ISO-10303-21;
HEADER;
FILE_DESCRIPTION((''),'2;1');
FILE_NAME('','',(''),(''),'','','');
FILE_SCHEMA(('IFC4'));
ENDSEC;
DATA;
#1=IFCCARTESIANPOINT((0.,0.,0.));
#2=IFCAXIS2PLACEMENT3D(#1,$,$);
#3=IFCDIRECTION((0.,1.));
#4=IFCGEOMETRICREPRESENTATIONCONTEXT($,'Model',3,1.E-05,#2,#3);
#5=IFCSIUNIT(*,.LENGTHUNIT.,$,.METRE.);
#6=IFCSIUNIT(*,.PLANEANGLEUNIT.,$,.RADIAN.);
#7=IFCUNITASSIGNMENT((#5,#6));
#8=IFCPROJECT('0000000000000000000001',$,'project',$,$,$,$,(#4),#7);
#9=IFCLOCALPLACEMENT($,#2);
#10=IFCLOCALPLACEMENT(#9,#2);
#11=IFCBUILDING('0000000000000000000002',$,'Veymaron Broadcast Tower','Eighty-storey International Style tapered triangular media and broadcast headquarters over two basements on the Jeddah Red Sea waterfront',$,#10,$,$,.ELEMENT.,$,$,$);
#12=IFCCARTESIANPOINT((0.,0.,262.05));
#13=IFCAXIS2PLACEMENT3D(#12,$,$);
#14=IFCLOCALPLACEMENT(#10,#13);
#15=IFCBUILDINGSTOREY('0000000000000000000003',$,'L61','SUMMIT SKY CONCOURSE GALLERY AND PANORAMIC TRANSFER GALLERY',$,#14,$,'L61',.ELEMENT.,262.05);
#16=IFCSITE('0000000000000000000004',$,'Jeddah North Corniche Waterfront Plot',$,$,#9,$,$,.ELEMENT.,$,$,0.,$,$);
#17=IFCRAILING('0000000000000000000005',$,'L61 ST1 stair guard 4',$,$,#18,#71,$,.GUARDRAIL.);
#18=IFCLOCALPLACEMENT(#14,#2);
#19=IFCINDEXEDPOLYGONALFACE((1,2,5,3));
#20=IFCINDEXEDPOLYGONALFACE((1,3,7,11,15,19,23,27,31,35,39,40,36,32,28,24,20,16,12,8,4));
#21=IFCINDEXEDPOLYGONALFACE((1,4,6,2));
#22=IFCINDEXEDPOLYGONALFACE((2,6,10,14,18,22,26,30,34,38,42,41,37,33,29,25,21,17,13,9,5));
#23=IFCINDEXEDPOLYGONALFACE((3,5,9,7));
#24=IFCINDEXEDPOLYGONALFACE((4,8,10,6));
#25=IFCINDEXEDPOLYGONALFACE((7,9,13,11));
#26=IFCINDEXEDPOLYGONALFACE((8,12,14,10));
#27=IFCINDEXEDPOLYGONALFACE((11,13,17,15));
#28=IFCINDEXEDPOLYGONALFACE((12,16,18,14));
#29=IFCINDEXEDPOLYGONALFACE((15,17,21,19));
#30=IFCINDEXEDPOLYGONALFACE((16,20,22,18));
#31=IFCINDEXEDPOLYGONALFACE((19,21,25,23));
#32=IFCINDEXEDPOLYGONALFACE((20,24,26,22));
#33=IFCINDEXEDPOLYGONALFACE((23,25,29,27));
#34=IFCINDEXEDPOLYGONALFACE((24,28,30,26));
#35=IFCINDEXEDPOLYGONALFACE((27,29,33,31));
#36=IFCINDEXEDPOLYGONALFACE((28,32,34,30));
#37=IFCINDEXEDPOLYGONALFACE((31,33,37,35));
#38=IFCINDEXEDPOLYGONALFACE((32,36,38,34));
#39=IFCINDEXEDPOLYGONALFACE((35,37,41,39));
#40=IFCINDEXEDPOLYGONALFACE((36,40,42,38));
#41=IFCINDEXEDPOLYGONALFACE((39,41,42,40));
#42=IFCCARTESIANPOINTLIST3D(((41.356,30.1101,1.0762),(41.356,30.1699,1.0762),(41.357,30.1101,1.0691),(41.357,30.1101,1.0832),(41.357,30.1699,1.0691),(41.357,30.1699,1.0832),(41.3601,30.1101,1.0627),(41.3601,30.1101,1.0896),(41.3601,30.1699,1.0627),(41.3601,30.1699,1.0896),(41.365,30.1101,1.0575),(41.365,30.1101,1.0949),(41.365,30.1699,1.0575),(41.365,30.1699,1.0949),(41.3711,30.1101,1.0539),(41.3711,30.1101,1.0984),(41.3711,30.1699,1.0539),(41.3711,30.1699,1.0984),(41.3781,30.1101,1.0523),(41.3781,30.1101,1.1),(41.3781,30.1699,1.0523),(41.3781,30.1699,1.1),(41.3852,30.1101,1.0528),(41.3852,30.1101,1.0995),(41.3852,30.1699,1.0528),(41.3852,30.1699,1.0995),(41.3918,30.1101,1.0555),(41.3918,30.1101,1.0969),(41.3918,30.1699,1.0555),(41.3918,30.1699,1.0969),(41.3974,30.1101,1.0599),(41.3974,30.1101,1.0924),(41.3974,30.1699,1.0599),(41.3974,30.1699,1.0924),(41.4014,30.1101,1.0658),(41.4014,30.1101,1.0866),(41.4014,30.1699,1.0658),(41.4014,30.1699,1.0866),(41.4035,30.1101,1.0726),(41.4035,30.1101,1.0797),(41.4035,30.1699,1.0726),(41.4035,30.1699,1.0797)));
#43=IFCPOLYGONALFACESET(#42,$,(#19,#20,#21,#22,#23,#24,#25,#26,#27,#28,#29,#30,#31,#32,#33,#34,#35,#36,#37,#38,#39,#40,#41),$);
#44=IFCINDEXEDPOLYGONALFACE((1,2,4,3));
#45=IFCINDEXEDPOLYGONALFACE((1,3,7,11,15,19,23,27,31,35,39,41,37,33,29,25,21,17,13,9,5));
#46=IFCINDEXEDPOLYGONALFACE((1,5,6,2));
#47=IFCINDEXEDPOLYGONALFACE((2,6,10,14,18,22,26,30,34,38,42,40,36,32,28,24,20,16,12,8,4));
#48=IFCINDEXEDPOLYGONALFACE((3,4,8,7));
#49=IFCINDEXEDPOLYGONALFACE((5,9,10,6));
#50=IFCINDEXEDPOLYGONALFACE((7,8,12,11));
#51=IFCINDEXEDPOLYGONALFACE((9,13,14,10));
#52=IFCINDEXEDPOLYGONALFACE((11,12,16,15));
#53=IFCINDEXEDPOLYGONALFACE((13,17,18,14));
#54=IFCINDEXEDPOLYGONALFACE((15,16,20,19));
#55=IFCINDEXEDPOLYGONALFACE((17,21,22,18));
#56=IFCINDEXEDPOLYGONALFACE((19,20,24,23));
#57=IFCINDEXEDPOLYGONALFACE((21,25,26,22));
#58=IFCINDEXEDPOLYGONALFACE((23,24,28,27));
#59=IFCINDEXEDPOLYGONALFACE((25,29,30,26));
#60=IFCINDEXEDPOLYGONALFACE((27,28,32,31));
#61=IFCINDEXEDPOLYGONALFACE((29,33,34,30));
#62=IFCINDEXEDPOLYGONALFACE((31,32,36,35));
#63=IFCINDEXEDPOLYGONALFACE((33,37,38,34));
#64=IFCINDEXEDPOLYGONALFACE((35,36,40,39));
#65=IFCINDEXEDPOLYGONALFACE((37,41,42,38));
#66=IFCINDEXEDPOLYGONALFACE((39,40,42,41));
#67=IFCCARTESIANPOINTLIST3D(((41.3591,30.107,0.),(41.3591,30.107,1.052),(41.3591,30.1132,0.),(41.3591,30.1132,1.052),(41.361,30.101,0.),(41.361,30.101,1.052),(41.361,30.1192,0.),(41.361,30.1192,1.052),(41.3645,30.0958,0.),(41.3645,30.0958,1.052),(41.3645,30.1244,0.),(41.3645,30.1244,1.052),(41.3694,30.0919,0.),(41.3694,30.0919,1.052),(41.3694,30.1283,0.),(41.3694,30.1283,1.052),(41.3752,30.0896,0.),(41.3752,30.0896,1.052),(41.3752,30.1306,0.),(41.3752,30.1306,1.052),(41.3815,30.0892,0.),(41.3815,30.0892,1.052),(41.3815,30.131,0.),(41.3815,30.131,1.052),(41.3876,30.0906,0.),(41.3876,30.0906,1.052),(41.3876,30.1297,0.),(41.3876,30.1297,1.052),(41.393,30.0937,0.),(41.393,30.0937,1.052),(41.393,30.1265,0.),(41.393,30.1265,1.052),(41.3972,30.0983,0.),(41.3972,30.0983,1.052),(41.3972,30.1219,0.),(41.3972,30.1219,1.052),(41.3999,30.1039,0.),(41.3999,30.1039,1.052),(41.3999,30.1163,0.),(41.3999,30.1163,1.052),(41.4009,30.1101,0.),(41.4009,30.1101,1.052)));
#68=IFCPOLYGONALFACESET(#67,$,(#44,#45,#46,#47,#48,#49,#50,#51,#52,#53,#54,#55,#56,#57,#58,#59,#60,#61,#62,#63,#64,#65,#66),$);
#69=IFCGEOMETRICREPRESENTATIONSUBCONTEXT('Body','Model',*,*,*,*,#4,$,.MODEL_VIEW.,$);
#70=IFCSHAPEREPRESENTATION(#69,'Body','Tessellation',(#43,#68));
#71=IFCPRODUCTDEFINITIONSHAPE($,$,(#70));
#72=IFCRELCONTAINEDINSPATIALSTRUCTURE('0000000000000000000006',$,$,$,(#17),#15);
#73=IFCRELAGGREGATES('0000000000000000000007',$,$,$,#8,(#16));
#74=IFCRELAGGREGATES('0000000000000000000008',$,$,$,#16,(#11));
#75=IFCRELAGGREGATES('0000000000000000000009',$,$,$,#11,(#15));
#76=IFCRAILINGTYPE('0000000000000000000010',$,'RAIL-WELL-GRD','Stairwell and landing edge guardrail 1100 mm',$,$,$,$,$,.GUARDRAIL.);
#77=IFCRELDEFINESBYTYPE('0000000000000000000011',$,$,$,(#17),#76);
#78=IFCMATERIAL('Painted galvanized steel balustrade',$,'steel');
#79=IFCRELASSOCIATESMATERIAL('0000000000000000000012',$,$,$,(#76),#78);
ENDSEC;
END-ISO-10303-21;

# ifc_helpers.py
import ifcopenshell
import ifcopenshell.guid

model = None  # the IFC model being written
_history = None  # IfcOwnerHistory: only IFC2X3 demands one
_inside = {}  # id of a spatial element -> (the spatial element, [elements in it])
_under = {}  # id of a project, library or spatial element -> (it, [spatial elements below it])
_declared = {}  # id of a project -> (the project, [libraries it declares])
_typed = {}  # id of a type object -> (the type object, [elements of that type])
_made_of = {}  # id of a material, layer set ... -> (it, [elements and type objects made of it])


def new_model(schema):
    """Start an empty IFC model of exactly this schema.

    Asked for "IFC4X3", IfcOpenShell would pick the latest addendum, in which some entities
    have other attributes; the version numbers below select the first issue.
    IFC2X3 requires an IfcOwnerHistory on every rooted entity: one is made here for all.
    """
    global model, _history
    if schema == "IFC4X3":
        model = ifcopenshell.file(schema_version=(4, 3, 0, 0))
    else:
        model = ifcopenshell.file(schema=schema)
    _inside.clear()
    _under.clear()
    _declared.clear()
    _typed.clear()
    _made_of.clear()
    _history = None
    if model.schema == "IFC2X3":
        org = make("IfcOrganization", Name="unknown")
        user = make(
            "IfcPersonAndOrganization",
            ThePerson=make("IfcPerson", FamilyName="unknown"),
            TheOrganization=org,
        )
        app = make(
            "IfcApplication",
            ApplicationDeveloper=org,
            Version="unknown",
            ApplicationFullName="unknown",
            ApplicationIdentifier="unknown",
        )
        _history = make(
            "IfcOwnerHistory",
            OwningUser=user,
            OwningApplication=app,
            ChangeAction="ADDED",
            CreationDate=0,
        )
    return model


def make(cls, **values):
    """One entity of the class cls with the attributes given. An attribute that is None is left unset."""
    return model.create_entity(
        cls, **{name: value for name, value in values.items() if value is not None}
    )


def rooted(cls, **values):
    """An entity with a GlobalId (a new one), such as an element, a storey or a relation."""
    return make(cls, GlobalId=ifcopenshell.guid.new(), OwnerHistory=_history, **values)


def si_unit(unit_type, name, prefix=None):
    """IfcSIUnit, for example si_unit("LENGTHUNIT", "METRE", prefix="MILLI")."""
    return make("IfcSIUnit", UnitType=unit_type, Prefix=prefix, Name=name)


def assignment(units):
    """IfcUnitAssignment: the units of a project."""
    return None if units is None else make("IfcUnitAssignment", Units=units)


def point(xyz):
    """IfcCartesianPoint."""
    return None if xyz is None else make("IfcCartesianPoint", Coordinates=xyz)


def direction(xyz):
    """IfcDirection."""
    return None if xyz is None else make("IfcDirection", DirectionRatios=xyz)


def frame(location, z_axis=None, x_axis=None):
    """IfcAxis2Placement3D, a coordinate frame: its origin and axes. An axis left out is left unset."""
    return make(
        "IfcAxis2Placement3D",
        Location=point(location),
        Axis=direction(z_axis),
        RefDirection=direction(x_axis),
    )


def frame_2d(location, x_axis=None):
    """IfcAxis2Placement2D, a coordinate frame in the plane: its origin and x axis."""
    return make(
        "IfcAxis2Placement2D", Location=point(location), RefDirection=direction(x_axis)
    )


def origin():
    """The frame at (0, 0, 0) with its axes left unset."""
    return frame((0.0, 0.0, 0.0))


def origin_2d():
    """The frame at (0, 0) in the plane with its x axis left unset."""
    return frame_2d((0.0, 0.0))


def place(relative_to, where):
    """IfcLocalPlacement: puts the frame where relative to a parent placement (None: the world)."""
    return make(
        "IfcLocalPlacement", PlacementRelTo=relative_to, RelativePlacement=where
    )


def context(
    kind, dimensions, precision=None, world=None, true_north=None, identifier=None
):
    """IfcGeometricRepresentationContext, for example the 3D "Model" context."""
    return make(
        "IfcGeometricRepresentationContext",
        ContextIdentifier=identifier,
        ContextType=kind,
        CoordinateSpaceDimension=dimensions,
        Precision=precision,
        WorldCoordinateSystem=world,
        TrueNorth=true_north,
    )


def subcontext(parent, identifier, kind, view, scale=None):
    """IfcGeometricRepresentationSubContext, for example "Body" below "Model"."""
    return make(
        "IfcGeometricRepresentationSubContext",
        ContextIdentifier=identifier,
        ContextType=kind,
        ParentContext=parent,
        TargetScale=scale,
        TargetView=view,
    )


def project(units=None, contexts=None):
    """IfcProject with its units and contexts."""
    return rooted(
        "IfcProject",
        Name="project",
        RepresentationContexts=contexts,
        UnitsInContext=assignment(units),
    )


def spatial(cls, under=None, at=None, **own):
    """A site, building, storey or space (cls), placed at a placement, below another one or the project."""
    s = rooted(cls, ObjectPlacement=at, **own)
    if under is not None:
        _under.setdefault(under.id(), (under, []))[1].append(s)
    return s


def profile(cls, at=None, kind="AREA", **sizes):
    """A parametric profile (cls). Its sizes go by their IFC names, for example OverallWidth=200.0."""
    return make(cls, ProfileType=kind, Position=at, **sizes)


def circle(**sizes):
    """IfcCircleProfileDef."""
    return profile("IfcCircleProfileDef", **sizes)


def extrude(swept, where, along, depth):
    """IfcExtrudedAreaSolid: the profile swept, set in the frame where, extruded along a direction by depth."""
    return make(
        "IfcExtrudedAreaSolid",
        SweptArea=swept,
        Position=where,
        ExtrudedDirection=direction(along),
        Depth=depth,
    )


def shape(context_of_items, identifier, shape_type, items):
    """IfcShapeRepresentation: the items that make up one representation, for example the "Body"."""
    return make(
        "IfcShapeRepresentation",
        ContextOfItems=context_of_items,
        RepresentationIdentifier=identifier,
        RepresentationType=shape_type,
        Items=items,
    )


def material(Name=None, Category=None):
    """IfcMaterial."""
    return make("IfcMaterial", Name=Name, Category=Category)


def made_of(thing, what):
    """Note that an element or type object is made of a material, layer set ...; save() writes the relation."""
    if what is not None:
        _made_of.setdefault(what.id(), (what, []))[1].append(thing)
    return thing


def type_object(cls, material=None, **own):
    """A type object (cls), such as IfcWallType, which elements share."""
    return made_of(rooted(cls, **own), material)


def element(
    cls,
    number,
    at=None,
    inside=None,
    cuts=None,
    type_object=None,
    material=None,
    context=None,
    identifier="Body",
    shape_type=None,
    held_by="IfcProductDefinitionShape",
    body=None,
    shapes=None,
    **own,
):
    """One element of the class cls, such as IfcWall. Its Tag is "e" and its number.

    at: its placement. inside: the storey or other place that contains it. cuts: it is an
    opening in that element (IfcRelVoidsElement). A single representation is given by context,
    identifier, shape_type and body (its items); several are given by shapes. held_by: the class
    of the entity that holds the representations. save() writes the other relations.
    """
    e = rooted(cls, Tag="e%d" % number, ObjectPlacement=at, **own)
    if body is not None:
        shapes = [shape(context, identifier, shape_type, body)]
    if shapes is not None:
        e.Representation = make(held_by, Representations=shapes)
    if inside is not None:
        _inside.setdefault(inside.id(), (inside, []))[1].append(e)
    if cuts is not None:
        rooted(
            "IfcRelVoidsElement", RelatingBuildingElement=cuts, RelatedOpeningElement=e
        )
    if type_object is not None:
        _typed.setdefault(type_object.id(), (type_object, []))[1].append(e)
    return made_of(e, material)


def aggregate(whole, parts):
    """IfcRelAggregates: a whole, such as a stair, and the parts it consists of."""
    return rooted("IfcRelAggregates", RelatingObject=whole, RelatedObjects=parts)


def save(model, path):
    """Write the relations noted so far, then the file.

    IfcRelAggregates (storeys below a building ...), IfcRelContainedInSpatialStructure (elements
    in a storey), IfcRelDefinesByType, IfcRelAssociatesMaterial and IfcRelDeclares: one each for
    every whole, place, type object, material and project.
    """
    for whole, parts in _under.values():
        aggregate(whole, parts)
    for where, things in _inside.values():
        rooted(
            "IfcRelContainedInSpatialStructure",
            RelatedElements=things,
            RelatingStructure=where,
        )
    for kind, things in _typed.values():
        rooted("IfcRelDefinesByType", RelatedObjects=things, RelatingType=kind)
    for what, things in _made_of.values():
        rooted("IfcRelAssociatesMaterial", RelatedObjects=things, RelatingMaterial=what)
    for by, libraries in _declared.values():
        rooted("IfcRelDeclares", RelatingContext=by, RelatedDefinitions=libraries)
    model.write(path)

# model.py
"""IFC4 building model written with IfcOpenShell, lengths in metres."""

from ifc_helpers import new_model, si_unit, direction, frame, origin, origin_2d, place, context, subcontext, project, spatial, circle, extrude, material, type_object, element, save


model = new_model("IFC4")

# Units and contexts
model_context = context("Model", 3, precision=1e-05, world=origin(), true_north=direction((0.0, 1.0)))
body_context = subcontext(model_context, "Body", "Model", "MODEL_VIEW")
ifc_project = project(units=[si_unit("LENGTHUNIT", "METRE"), si_unit("PLANEANGLEUNIT", "RADIAN")], contexts=[model_context])

# Site, building, storey
site_placement = place(None, origin())
site = spatial("IfcSite", under=ifc_project, at=site_placement, Name="Jeddah North Corniche Waterfront Plot", CompositionType="ELEMENT", RefElevation=0.0)
building_placement = place(site_placement, origin())
building = spatial("IfcBuilding", under=site, at=building_placement, Name="Veymaron Broadcast Tower", Description="Eighty-storey International Style tapered triangular media and broadcast headquarters over two basements on the Jeddah Red Sea waterfront", CompositionType="ELEMENT")
storey_placement = place(building_placement, frame((0.0, 0.0, 262.05)))
storey = spatial("IfcBuildingStorey", under=building, at=storey_placement, Name="L61", Description="SUMMIT SKY CONCOURSE GALLERY AND PANORAMIC TRANSFER GALLERY", LongName="L61", CompositionType="ELEMENT", Elevation=262.05)

# Railing
ifc_material_1 = material(Name="Painted galvanized steel balustrade", Category="steel")
railing_type_1 = type_object("IfcRailingType", Name="RAIL-WELL-GRD", Description="Stairwell and landing edge guardrail 1100 mm", PredefinedType="GUARDRAIL", material=ifc_material_1)
railing_1_placement = place(storey_placement, frame((41.3799, 30.1101, 0.0)))
element("IfcRailing", 1, at=railing_1_placement, inside=storey, type_object=railing_type_1, Name="L61 ST1 stair guard 4", PredefinedType="GUARDRAIL", context=body_context, shape_type="SweptSolid", body=[
    extrude(circle(Radius=0.0239, at=origin_2d()), frame((0.0, 0.0, 1.0762), z_axis=(0.0, 1.0, 0.0), x_axis=(-1.0, 0.0, 0.0)), (0.0, 0.0, 1.0), 0.0598),
    extrude(circle(Radius=0.021, at=origin_2d()), origin(), (0.0, 0.0, 1.0), 1.052),
])

save(model, "model.ifc")
